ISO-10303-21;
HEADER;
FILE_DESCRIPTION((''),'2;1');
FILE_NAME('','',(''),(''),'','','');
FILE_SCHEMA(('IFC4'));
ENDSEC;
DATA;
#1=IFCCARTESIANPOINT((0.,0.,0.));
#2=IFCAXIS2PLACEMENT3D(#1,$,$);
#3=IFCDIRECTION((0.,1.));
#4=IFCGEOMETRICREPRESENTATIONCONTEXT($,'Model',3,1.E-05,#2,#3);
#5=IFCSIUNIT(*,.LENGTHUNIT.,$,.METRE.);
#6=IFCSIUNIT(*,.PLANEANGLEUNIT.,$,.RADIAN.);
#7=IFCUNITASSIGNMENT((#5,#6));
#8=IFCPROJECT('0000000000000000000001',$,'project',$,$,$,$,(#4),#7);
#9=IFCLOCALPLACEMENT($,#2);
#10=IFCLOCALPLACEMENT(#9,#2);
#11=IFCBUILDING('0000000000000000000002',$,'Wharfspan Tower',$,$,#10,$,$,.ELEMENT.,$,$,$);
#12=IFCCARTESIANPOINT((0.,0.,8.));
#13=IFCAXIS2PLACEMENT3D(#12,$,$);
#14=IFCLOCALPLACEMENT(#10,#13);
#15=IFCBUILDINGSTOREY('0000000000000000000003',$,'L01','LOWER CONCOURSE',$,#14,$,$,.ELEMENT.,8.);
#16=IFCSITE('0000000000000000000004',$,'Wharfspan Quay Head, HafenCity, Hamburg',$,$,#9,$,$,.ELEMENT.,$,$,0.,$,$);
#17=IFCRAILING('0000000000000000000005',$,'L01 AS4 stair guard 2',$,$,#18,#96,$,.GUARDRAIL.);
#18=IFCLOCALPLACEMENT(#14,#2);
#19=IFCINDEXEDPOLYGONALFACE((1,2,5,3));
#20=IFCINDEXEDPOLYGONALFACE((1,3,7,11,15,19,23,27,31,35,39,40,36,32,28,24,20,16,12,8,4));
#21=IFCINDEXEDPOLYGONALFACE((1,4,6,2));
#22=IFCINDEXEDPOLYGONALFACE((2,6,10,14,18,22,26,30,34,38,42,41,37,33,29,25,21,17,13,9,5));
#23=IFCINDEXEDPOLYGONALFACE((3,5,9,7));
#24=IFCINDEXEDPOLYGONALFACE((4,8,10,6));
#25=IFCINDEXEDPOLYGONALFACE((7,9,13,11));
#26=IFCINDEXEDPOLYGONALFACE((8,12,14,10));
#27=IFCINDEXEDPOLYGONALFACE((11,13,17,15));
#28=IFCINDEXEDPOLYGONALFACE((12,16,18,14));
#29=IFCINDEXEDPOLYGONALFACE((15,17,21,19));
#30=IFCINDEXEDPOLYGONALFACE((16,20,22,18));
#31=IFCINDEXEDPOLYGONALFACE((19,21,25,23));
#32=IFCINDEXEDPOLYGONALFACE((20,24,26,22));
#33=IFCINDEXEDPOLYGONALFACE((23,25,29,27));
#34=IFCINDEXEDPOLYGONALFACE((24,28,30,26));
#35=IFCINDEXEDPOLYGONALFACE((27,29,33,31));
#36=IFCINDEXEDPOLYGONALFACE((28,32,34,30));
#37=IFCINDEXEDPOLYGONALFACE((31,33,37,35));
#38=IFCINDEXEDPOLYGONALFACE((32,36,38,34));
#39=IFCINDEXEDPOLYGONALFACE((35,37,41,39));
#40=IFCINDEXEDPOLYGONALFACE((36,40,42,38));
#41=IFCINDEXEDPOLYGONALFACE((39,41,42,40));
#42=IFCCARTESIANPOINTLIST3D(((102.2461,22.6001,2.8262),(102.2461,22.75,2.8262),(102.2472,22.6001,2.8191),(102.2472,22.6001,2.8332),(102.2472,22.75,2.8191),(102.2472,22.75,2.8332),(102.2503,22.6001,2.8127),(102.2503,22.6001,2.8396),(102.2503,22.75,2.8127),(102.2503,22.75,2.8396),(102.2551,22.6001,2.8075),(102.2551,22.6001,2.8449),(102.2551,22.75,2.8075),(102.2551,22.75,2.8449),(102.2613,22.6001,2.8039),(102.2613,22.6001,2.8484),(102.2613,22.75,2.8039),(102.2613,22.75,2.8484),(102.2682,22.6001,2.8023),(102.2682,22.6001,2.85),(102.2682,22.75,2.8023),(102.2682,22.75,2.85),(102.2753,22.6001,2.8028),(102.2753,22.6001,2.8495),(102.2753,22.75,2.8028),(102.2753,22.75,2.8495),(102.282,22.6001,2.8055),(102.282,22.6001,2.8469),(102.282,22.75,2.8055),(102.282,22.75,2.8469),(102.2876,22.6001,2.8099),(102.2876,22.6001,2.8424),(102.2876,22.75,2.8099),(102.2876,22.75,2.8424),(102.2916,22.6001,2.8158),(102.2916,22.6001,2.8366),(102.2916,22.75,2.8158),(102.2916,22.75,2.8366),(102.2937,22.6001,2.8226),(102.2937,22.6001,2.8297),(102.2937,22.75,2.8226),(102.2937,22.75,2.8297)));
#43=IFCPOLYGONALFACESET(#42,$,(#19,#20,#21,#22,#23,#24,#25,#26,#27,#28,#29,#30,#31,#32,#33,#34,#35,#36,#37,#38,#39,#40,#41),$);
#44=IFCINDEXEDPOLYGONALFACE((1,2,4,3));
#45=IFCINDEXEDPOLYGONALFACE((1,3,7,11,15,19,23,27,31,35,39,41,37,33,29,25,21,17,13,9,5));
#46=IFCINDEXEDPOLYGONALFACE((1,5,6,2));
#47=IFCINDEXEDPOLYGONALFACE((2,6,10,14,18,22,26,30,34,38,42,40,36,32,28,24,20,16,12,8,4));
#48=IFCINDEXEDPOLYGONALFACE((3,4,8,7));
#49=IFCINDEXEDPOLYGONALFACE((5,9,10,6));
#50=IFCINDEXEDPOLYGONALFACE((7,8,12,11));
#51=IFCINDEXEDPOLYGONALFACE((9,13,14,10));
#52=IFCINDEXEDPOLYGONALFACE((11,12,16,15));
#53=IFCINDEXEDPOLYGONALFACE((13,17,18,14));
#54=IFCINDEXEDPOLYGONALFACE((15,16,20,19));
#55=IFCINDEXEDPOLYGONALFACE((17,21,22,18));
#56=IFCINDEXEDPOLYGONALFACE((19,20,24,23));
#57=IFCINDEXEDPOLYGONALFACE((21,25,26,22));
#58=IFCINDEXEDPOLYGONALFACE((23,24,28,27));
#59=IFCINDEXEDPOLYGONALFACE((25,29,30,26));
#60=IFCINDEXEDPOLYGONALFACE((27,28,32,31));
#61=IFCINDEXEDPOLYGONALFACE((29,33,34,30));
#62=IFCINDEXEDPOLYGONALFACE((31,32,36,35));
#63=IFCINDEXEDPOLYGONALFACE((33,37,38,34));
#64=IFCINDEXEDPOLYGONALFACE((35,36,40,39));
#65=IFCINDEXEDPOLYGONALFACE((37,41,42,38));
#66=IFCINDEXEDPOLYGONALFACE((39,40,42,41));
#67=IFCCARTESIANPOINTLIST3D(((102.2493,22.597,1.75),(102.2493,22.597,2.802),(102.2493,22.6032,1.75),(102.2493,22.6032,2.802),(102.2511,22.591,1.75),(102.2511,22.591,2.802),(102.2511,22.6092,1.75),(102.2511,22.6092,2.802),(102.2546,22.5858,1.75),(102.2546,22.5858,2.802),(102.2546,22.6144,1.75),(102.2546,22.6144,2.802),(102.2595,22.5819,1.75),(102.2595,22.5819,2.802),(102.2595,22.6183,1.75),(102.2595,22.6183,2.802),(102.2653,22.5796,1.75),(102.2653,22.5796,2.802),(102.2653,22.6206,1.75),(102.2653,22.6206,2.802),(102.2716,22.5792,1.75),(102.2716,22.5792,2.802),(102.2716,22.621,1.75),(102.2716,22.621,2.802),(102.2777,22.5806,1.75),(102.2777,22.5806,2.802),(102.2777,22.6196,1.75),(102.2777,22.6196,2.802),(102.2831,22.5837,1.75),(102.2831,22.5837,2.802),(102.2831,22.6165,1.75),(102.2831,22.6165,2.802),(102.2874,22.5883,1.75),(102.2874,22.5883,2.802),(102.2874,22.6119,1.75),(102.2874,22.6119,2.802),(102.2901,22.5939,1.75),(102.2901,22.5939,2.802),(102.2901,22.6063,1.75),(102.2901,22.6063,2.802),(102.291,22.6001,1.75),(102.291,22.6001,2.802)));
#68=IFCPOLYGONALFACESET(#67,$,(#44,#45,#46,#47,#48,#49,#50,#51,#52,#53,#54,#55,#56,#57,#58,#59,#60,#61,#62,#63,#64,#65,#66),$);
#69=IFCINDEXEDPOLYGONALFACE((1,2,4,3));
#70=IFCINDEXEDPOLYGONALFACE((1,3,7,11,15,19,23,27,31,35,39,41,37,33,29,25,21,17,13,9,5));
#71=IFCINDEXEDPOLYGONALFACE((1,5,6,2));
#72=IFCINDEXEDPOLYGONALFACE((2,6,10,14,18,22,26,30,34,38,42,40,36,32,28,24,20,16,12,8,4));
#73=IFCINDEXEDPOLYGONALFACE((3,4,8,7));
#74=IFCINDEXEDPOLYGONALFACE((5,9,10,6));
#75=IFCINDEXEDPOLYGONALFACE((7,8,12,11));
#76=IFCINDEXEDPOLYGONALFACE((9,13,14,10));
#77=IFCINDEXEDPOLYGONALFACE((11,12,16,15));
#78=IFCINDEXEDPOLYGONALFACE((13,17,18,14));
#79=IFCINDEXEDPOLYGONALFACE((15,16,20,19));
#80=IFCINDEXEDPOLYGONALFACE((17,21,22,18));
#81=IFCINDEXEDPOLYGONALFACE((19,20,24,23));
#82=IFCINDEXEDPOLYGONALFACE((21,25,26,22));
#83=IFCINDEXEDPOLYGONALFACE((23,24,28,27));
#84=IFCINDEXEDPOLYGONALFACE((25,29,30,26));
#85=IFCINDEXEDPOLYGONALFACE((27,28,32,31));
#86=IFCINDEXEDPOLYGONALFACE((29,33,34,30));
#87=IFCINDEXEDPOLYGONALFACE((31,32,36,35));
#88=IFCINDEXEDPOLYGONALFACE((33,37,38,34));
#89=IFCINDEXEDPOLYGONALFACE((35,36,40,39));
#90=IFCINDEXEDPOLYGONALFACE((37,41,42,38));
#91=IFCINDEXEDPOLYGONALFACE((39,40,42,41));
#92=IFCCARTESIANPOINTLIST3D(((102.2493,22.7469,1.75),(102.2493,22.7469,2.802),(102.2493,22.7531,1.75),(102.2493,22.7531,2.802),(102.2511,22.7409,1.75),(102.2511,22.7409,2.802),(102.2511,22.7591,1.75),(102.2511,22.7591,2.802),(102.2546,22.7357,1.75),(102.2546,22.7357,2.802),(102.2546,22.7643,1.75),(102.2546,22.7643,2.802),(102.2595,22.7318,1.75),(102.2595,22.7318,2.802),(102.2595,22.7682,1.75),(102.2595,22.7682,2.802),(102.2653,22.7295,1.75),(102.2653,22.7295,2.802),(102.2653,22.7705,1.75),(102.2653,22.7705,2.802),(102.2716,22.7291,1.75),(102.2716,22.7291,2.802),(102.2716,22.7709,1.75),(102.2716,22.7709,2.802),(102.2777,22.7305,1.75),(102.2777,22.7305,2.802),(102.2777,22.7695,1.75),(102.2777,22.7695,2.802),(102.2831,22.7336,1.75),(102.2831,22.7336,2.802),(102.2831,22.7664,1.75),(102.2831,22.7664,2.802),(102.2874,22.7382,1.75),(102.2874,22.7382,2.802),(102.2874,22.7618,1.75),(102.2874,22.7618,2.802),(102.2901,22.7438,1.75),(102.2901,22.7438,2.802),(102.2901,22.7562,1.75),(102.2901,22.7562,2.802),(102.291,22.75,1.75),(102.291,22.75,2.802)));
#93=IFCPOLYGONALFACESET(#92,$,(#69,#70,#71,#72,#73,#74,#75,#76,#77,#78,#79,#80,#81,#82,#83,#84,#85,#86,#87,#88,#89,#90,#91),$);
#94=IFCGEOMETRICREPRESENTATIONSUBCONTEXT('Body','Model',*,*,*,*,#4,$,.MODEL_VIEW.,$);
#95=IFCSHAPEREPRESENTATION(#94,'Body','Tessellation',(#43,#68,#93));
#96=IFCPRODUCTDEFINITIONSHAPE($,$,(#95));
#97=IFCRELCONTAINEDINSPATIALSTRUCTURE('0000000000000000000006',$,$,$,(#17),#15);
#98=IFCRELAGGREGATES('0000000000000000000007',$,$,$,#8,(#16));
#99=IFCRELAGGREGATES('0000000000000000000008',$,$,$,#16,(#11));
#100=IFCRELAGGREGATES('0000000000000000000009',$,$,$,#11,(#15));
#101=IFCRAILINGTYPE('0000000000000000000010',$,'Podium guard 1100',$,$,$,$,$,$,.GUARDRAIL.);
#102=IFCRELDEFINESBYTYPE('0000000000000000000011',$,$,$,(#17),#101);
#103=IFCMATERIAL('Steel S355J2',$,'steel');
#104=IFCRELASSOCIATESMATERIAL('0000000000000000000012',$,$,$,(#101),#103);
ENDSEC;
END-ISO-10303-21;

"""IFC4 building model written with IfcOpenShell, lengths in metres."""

from ifc_helpers import new_model, si_unit, direction, frame, origin, origin_2d, place, context, subcontext, project, spatial, circle, extrude, material, type_object, element, save


model = new_model("IFC4")

# Units and contexts
model_context = context("Model", 3, precision=1e-05, world=origin(), true_north=direction((0.0, 1.0)))
body_context = subcontext(model_context, "Body", "Model", "MODEL_VIEW")
ifc_project = project(units=[si_unit("LENGTHUNIT", "METRE"), si_unit("PLANEANGLEUNIT", "RADIAN")], contexts=[model_context])

# Site, building, storey
site_placement = place(None, origin())
site = spatial("IfcSite", under=ifc_project, at=site_placement, Name="Wharfspan Quay Head, HafenCity, Hamburg", CompositionType="ELEMENT", RefElevation=0.0)
building_placement = place(site_placement, origin())
building = spatial("IfcBuilding", under=site, at=building_placement, Name="Wharfspan Tower", CompositionType="ELEMENT")
storey_placement = place(building_placement, frame((0.0, 0.0, 8.0)))
storey = spatial("IfcBuildingStorey", under=building, at=storey_placement, Name="L01", Description="LOWER CONCOURSE", CompositionType="ELEMENT", Elevation=8.0)

# Railing
ifc_material_1 = material(Name="Steel S355J2", Category="steel")
railing_type_1 = type_object("IfcRailingType", Name="Podium guard 1100", PredefinedType="GUARDRAIL", material=ifc_material_1)
railing_1_placement = place(storey_placement, frame((102.27, 22.6001, 1.75)))
element("IfcRailing", 1, at=railing_1_placement, inside=storey, type_object=railing_type_1, Name="L01 AS4 stair guard 2", PredefinedType="GUARDRAIL", context=body_context, shape_type="SweptSolid", body=[
    extrude(circle(Radius=0.0239, at=origin_2d()), frame((0.0, 0.0, 1.0762), z_axis=(0.0, 1.0, 0.0), x_axis=(-1.0, 0.0, 0.0)), (0.0, 0.0, 1.0), 0.1499),
    extrude(circle(Radius=0.021, at=origin_2d()), origin(), (0.0, 0.0, 1.0), 1.052),
    extrude(circle(Radius=0.021, at=origin_2d()), frame((0.0, 0.1499, 0.0)), (0.0, 0.0, 1.0), 1.052),
])

save(model, "model.ifc")
